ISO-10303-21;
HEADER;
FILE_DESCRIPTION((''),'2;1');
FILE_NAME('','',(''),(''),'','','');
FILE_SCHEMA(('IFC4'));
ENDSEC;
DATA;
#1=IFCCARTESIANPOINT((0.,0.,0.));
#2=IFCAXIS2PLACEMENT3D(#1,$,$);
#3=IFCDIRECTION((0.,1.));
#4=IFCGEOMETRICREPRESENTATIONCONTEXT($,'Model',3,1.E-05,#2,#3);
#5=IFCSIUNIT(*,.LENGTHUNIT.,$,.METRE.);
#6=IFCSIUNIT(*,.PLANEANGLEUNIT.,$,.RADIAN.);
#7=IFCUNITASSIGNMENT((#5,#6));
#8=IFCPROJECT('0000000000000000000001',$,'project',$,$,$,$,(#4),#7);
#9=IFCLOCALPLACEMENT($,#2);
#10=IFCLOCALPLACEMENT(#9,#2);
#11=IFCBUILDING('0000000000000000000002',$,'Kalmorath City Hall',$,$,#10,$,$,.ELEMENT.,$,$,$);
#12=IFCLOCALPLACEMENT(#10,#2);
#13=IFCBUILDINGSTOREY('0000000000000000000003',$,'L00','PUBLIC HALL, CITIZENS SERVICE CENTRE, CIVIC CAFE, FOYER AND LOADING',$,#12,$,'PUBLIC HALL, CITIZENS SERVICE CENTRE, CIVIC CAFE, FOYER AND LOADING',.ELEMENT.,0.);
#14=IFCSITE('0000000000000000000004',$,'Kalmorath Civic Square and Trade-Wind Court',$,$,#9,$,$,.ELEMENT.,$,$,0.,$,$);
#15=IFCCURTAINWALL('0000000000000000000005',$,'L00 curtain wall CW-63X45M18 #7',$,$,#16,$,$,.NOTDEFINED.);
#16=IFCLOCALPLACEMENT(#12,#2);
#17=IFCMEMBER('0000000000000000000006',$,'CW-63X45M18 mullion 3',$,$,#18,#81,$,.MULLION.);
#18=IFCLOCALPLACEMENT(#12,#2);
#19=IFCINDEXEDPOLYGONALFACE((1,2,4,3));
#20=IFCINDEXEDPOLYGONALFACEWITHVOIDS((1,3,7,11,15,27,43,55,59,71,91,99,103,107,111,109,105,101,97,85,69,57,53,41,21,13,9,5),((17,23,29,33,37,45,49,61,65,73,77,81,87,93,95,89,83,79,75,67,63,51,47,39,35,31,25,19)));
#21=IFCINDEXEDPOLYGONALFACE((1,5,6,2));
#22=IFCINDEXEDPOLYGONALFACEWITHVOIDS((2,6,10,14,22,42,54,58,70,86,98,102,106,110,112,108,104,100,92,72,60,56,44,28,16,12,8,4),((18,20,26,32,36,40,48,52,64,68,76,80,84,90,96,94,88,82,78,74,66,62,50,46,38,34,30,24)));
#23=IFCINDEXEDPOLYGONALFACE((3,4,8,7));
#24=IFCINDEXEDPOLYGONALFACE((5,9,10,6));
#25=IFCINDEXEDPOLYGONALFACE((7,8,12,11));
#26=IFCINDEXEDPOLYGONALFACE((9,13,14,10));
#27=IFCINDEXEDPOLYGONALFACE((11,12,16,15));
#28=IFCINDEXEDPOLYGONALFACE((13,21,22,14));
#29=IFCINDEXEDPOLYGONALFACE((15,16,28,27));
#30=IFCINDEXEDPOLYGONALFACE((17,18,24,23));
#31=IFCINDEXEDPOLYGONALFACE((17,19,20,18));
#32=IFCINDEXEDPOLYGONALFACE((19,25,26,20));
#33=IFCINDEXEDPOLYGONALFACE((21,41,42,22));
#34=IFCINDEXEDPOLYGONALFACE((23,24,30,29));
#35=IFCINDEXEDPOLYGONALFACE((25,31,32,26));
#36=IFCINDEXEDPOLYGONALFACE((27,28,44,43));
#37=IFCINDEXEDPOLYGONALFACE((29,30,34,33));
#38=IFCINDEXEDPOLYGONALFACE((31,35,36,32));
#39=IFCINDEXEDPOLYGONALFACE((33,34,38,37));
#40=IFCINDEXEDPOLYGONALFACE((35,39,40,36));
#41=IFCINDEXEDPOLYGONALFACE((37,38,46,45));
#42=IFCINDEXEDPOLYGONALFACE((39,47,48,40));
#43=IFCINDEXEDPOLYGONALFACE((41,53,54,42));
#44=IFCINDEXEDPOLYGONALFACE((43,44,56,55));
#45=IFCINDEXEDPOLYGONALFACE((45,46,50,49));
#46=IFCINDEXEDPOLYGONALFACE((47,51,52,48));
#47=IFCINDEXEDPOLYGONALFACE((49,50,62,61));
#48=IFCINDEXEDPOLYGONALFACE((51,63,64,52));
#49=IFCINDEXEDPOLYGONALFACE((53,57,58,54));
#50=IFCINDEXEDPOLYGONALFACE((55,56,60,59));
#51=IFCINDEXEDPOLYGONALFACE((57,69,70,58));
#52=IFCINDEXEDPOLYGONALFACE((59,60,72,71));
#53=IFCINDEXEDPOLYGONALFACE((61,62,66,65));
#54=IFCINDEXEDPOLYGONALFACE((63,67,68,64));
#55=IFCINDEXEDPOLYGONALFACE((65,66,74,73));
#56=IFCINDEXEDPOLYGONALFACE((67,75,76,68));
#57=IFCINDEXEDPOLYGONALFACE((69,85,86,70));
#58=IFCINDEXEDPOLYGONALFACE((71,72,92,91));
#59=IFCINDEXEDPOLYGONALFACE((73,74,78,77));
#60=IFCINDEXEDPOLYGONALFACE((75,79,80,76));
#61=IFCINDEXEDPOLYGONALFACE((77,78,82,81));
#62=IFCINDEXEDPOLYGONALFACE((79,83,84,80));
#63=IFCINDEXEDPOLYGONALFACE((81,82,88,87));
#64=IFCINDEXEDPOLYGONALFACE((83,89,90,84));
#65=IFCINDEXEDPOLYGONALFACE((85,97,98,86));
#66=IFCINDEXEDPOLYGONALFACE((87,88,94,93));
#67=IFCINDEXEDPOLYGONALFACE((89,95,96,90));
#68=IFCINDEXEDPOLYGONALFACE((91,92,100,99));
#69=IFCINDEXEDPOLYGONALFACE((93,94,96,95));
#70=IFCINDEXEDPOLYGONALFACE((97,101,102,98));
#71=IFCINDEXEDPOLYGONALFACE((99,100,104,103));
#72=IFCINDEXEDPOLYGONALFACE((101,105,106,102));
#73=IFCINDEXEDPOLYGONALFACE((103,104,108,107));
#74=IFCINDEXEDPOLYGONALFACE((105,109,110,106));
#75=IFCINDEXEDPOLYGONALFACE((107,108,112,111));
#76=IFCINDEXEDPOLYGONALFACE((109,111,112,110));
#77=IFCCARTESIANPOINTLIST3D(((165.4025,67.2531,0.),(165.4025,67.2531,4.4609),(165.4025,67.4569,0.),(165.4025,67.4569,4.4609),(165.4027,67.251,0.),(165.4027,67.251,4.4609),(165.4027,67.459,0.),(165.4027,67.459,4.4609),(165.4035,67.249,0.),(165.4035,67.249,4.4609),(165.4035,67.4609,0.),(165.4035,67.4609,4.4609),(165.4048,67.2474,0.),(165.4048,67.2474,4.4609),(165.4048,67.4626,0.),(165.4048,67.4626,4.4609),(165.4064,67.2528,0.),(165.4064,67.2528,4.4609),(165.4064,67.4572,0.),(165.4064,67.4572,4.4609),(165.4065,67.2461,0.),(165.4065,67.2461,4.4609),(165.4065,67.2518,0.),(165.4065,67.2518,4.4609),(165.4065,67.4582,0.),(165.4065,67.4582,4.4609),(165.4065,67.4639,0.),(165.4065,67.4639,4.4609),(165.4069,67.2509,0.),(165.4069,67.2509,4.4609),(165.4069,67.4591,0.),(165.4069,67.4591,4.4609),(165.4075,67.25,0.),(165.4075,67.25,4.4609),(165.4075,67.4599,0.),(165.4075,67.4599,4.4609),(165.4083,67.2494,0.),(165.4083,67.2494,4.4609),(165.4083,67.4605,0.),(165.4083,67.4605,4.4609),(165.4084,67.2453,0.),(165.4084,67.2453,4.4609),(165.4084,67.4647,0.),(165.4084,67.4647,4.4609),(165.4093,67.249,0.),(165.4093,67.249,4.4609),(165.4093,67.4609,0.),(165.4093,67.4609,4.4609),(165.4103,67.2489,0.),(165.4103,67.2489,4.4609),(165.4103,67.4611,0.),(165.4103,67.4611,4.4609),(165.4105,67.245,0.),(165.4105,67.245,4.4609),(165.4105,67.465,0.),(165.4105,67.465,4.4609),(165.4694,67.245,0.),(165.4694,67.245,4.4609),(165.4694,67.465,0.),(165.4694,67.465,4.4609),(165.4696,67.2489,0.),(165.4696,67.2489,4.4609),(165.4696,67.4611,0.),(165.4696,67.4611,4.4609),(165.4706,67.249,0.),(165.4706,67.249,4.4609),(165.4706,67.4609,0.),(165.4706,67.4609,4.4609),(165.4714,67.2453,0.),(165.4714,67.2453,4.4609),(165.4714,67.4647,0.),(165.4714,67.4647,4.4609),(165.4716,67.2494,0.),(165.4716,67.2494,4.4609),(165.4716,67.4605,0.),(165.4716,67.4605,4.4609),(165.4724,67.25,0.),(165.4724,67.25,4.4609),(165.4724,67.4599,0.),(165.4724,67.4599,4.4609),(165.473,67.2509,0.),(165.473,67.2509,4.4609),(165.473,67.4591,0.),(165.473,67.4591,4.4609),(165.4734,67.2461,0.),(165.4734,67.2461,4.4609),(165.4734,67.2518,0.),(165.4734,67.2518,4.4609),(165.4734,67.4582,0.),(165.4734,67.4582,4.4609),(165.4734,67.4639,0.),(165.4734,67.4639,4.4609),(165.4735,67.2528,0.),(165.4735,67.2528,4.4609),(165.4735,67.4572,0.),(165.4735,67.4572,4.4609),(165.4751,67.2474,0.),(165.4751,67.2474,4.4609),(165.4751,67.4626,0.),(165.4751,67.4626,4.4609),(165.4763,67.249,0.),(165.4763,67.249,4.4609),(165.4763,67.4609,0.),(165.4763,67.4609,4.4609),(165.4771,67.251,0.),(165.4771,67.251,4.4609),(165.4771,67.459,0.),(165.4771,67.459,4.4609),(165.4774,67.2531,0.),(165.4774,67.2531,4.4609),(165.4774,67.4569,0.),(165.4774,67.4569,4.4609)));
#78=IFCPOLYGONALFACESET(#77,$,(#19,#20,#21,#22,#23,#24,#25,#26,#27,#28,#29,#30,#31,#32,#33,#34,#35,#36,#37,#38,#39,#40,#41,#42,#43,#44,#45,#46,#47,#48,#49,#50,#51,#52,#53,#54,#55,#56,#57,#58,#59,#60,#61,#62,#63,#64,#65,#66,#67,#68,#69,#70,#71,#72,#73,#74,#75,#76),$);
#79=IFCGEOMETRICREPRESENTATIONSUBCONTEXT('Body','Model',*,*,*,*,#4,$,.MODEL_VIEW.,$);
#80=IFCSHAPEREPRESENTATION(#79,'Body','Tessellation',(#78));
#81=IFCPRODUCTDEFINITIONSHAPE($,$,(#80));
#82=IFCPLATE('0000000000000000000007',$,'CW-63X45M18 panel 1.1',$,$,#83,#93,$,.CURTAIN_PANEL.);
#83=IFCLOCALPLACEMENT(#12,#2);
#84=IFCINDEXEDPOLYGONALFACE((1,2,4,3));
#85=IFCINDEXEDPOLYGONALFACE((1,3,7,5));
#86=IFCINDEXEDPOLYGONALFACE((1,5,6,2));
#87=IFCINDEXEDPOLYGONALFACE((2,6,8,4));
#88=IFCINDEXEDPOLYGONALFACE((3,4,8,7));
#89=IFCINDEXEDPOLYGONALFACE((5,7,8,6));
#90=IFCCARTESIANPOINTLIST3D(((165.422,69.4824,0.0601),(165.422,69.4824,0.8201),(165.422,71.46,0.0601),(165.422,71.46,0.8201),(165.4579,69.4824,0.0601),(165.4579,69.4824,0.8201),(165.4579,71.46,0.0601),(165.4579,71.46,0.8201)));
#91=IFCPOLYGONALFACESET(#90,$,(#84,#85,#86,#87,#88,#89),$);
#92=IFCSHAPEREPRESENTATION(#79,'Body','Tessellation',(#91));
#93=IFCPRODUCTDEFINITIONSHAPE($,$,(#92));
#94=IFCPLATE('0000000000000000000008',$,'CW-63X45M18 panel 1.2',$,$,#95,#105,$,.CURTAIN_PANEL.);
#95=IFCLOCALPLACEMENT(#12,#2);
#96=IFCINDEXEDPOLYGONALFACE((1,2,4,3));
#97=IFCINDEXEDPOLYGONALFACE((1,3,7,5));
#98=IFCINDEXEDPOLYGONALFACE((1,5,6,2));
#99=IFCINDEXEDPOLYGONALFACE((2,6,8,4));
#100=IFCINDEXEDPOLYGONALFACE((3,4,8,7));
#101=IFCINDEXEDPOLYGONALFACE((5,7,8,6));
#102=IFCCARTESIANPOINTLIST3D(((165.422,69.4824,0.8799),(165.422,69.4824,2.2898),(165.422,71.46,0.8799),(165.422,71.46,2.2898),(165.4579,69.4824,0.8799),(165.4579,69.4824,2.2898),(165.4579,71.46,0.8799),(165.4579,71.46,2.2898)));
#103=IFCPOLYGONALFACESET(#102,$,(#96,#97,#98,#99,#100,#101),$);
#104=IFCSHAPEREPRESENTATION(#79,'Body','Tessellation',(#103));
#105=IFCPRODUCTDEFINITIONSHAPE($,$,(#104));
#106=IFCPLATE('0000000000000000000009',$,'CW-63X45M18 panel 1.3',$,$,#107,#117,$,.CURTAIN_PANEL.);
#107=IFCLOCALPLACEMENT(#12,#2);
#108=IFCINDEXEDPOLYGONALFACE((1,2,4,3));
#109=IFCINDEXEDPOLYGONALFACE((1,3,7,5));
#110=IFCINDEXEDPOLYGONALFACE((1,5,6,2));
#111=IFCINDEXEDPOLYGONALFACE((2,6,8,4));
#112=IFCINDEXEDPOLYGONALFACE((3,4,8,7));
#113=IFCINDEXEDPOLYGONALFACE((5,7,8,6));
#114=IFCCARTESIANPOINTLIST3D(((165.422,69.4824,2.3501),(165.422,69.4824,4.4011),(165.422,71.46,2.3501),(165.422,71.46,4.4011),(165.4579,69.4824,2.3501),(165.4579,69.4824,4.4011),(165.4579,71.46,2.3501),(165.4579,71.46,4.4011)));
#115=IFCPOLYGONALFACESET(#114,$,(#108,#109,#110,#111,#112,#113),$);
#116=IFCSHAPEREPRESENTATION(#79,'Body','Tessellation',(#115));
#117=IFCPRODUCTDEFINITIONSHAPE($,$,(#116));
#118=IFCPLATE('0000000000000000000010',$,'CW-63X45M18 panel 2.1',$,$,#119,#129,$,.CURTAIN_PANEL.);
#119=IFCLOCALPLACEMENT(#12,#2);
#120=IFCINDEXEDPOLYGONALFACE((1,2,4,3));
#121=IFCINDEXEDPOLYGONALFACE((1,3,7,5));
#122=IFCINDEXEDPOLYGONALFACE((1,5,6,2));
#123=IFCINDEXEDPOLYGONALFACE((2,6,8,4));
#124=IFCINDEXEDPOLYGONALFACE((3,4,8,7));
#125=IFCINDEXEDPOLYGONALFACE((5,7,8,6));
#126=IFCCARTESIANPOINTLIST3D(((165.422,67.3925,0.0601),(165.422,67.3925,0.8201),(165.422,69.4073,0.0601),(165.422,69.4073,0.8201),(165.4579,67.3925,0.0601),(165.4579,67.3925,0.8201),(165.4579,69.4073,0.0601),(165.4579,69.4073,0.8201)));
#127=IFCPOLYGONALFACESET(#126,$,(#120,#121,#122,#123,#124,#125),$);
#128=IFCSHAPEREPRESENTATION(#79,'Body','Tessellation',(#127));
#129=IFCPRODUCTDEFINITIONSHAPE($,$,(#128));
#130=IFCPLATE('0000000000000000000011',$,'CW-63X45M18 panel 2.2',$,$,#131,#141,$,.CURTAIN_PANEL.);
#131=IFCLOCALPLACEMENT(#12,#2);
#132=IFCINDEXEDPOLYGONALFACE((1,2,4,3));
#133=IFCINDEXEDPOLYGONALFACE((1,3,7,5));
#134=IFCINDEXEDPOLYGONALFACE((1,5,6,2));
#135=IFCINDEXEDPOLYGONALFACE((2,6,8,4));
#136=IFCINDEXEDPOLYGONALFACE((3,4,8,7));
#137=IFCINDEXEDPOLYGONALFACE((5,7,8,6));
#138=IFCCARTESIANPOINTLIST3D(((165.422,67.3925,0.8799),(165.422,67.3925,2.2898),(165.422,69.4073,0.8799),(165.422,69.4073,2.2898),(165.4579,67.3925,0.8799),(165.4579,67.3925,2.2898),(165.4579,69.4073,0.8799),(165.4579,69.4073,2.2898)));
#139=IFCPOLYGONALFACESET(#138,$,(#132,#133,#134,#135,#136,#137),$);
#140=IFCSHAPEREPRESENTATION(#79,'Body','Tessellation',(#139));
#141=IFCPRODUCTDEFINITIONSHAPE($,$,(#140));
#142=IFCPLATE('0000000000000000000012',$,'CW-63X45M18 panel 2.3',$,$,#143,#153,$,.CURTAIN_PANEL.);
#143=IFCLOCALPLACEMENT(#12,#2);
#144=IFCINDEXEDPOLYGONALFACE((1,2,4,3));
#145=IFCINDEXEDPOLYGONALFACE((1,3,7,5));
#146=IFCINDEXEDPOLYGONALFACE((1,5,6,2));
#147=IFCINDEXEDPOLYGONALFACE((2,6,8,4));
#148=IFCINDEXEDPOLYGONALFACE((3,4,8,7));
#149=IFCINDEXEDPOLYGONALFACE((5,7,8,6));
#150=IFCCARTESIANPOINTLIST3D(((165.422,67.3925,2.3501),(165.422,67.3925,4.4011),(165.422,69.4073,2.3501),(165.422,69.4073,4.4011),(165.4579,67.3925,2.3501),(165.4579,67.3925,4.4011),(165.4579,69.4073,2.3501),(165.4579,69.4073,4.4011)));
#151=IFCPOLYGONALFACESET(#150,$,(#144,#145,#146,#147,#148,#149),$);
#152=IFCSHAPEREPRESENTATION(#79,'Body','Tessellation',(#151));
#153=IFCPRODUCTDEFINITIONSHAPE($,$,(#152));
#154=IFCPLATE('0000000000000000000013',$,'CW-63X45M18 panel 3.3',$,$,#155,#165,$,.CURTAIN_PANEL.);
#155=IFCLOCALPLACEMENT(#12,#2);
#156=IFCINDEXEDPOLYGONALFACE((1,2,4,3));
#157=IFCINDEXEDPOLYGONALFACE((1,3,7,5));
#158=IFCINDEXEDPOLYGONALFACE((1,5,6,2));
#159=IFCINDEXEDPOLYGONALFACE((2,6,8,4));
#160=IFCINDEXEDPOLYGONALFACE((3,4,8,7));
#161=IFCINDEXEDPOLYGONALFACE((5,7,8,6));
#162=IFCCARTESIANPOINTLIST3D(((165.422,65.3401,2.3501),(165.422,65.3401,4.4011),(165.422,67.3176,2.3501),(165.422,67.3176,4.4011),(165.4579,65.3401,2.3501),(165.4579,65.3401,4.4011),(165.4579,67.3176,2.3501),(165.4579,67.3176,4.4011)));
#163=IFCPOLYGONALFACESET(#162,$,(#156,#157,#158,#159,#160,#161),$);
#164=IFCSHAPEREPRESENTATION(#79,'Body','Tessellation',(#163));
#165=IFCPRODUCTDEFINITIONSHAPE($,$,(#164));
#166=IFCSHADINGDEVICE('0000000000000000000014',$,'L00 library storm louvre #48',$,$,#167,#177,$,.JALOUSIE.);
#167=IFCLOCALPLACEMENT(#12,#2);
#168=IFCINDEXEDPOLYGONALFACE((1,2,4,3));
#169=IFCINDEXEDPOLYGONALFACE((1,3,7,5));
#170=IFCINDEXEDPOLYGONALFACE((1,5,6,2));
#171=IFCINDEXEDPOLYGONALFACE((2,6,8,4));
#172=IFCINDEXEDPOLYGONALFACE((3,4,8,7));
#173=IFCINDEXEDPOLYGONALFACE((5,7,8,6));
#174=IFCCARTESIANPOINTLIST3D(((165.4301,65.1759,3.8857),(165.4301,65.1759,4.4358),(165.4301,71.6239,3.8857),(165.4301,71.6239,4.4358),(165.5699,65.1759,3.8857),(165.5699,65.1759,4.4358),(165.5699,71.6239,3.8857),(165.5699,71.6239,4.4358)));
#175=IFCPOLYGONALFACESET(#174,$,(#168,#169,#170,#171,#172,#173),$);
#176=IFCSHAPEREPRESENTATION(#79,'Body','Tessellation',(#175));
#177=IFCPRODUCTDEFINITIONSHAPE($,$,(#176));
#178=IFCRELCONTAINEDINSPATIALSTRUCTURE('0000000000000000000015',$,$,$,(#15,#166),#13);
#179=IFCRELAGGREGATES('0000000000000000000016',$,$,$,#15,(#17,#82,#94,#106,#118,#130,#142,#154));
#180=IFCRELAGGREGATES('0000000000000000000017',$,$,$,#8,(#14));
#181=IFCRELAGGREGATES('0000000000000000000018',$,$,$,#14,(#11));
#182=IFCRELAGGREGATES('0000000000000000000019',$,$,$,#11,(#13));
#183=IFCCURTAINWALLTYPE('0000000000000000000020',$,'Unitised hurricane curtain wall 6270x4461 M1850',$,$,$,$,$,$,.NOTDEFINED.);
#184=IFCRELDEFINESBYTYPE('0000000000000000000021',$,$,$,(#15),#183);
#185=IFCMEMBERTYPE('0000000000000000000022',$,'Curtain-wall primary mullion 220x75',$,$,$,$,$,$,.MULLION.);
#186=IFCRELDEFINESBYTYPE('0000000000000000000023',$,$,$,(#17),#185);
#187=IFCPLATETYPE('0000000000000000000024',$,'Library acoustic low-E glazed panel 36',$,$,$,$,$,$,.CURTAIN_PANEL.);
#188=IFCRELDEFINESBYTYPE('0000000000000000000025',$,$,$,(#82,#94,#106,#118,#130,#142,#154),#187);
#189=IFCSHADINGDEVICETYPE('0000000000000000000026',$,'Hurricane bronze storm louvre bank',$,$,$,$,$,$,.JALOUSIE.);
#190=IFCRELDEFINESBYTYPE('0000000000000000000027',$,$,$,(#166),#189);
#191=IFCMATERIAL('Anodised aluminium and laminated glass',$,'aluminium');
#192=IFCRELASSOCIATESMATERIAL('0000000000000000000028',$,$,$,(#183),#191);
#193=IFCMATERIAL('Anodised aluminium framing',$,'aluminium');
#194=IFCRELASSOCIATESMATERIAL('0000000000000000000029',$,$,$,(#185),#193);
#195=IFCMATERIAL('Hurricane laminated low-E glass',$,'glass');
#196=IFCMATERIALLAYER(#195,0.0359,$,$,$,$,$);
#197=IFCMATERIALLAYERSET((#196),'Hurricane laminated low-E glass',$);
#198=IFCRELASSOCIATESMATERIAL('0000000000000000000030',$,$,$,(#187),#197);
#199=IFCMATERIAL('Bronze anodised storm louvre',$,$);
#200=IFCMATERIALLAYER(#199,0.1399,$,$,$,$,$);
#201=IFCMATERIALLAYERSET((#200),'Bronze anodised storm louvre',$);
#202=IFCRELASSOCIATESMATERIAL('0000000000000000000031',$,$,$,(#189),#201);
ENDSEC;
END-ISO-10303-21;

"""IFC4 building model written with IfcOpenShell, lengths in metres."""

from ifc_helpers import new_model, si_unit, direction, frame, origin, origin_2d, place, context, subcontext, project, spatial, rectangle, hollow_rectangle, extrude, material, layer, layer_set, material_profile, profile_set, type_object, element, aggregate, save


model = new_model("IFC4")

# Units and contexts
model_context = context("Model", 3, precision=1e-05, world=origin(), true_north=direction((0.0, 1.0)))
body_context = subcontext(model_context, "Body", "Model", "MODEL_VIEW")
ifc_project = project(units=[si_unit("LENGTHUNIT", "METRE"), si_unit("PLANEANGLEUNIT", "RADIAN")], contexts=[model_context])

# Site, building, storey
site_placement = place(None, origin())
site = spatial("IfcSite", under=ifc_project, at=site_placement, Name="Kalmorath Civic Square and Trade-Wind Court", CompositionType="ELEMENT", RefElevation=0.0)
building_placement = place(site_placement, origin())
building = spatial("IfcBuilding", under=site, at=building_placement, Name="Kalmorath City Hall", CompositionType="ELEMENT")
storey_placement = place(building_placement, origin())
storey = spatial("IfcBuildingStorey", under=building, at=storey_placement, Name="L00", Description="PUBLIC HALL, CITIZENS SERVICE CENTRE, CIVIC CAFE, FOYER AND LOADING", LongName="PUBLIC HALL, CITIZENS SERVICE CENTRE, CIVIC CAFE, FOYER AND LOADING", CompositionType="ELEMENT", Elevation=0.0)

# Curtain wall, member, plates
ifc_material_1 = material(Name="Anodised aluminium and laminated glass", Category="aluminium")
curtain_wall_type = type_object("IfcCurtainWallType", Name="Unitised hurricane curtain wall 6270x4461 M1850", PredefinedType="NOTDEFINED", material=ifc_material_1)
curtain_wall_placement = place(storey_placement, origin())
curtain_wall = element("IfcCurtainWall", 1, at=curtain_wall_placement, inside=storey, type_object=curtain_wall_type, Name="L00 curtain wall CW-63X45M18 #7", PredefinedType="NOTDEFINED")
ifc_material_2 = material(Name="Anodised aluminium framing", Category="aluminium")
ifc_material_profile_1 = material_profile(ifc_material_2, hollow_rectangle(XDim=0.075, YDim=0.22, WallThickness=0.0039, InnerFilletRadius=0.0039, OuterFilletRadius=0.0081, at=origin_2d()), Name="ALU-MUL-220X75X4")
ifc_profile_set_1 = profile_set([ifc_material_profile_1], Name="Anodised aluminium framing")
member_type_1 = type_object("IfcMemberType", Name="Curtain-wall primary mullion 220x75", PredefinedType="MULLION", material=ifc_profile_set_1)
member_1_placement = place(storey_placement, frame((165.4399, 67.355, 0.0), z_axis=(0.0, 0.0, 1.0), x_axis=(1.0, 0.0, 0.0)))
member_1 = element("IfcMember", 2, at=member_1_placement, type_object=member_type_1, Name="CW-63X45M18 mullion 3", PredefinedType="MULLION", context=body_context, shape_type="SweptSolid", body=[
    extrude(hollow_rectangle(XDim=0.075, YDim=0.22, WallThickness=0.0039, InnerFilletRadius=0.0039, OuterFilletRadius=0.0081, at=origin_2d()), origin(), (0.0, 0.0, 1.0), 4.4609),
])
ifc_material_3 = material(Name="Hurricane laminated low-E glass", Category="glass")
ifc_layer_1 = layer(ifc_material_3, 0.0359)
ifc_layer_set_1 = layer_set([ifc_layer_1], Name="Hurricane laminated low-E glass")
plate_type = type_object("IfcPlateType", Name="Library acoustic low-E glazed panel 36", PredefinedType="CURTAIN_PANEL", material=ifc_layer_set_1)
plate_1_placement = place(storey_placement, frame((165.4399, 70.4712, 0.0601), z_axis=(0.0, 0.0, 1.0), x_axis=(0.0, -1.0, 0.0)))
plate_1 = element("IfcPlate", 3, at=plate_1_placement, type_object=plate_type, Name="CW-63X45M18 panel 1.1", PredefinedType="CURTAIN_PANEL", context=body_context, shape_type="SweptSolid", body=[
    extrude(rectangle(XDim=1.9775, YDim=0.0359, at=origin_2d()), origin(), (0.0, 0.0, 1.0), 0.76),
])
plate_2_placement = place(storey_placement, frame((165.4399, 70.4712, 0.8799), z_axis=(0.0, 0.0, 1.0), x_axis=(0.0, -1.0, 0.0)))
plate_2 = element("IfcPlate", 4, at=plate_2_placement, type_object=plate_type, Name="CW-63X45M18 panel 1.2", PredefinedType="CURTAIN_PANEL", context=body_context, shape_type="SweptSolid", body=[
    extrude(rectangle(XDim=1.9775, YDim=0.0359, at=origin_2d()), origin(), (0.0, 0.0, 1.0), 1.4099),
])
plate_3_placement = place(storey_placement, frame((165.4399, 70.4712, 2.3501), z_axis=(0.0, 0.0, 1.0), x_axis=(0.0, -1.0, 0.0)))
plate_3 = element("IfcPlate", 5, at=plate_3_placement, type_object=plate_type, Name="CW-63X45M18 panel 1.3", PredefinedType="CURTAIN_PANEL", context=body_context, shape_type="SweptSolid", body=[
    extrude(rectangle(XDim=1.9775, YDim=0.0359, at=origin_2d()), origin(), (0.0, 0.0, 1.0), 2.051),
])
plate_4_placement = place(storey_placement, frame((165.4399, 68.3999, 0.0601), z_axis=(0.0, 0.0, 1.0), x_axis=(0.0, -1.0, 0.0)))
plate_4 = element("IfcPlate", 6, at=plate_4_placement, type_object=plate_type, Name="CW-63X45M18 panel 2.1", PredefinedType="CURTAIN_PANEL", context=body_context, shape_type="SweptSolid", body=[
    extrude(rectangle(XDim=2.0149, YDim=0.0359, at=origin_2d()), origin(), (0.0, 0.0, 1.0), 0.76),
])
plate_5_placement = place(storey_placement, frame((165.4399, 68.3999, 0.8799), z_axis=(0.0, 0.0, 1.0), x_axis=(0.0, -1.0, 0.0)))
plate_5 = element("IfcPlate", 7, at=plate_5_placement, type_object=plate_type, Name="CW-63X45M18 panel 2.2", PredefinedType="CURTAIN_PANEL", context=body_context, shape_type="SweptSolid", body=[
    extrude(rectangle(XDim=2.0149, YDim=0.0359, at=origin_2d()), origin(), (0.0, 0.0, 1.0), 1.4099),
])
plate_6_placement = place(storey_placement, frame((165.4399, 68.3999, 2.3501), z_axis=(0.0, 0.0, 1.0), x_axis=(0.0, -1.0, 0.0)))
plate_6 = element("IfcPlate", 8, at=plate_6_placement, type_object=plate_type, Name="CW-63X45M18 panel 2.3", PredefinedType="CURTAIN_PANEL", context=body_context, shape_type="SweptSolid", body=[
    extrude(rectangle(XDim=2.0149, YDim=0.0359, at=origin_2d()), origin(), (0.0, 0.0, 1.0), 2.051),
])
plate_7_placement = place(storey_placement, frame((165.4399, 66.3289, 2.3501), z_axis=(0.0, 0.0, 1.0), x_axis=(0.0, -1.0, 0.0)))
plate_7 = element("IfcPlate", 9, at=plate_7_placement, type_object=plate_type, Name="CW-63X45M18 panel 3.3", PredefinedType="CURTAIN_PANEL", context=body_context, shape_type="SweptSolid", body=[
    extrude(rectangle(XDim=1.9775, YDim=0.0359, at=origin_2d()), origin(), (0.0, 0.0, 1.0), 2.051),
])
aggregate(curtain_wall, [member_1, plate_1, plate_2, plate_3, plate_4, plate_5, plate_6, plate_7])

# Shading device
ifc_material_4 = material(Name="Bronze anodised storm louvre")
ifc_layer_2 = layer(ifc_material_4, 0.1399)
ifc_layer_set_2 = layer_set([ifc_layer_2], Name="Bronze anodised storm louvre")
shading_device_type = type_object("IfcShadingDeviceType", Name="Hurricane bronze storm louvre bank", PredefinedType="JALOUSIE", material=ifc_layer_set_2)
shading_device_placement = place(storey_placement, frame((165.5, 68.3999, 3.8857), z_axis=(0.0, 0.0, 1.0), x_axis=(0.0, -1.0, 0.0)))
element("IfcShadingDevice", 10, at=shading_device_placement, inside=storey, type_object=shading_device_type, Name="L00 library storm louvre #48", PredefinedType="JALOUSIE", context=body_context, shape_type="SweptSolid", body=[
    extrude(rectangle(XDim=6.448, YDim=0.1399, at=origin_2d()), origin(), (0.0, 0.0, 1.0), 0.55),
])

save(model, "model.ifc")
